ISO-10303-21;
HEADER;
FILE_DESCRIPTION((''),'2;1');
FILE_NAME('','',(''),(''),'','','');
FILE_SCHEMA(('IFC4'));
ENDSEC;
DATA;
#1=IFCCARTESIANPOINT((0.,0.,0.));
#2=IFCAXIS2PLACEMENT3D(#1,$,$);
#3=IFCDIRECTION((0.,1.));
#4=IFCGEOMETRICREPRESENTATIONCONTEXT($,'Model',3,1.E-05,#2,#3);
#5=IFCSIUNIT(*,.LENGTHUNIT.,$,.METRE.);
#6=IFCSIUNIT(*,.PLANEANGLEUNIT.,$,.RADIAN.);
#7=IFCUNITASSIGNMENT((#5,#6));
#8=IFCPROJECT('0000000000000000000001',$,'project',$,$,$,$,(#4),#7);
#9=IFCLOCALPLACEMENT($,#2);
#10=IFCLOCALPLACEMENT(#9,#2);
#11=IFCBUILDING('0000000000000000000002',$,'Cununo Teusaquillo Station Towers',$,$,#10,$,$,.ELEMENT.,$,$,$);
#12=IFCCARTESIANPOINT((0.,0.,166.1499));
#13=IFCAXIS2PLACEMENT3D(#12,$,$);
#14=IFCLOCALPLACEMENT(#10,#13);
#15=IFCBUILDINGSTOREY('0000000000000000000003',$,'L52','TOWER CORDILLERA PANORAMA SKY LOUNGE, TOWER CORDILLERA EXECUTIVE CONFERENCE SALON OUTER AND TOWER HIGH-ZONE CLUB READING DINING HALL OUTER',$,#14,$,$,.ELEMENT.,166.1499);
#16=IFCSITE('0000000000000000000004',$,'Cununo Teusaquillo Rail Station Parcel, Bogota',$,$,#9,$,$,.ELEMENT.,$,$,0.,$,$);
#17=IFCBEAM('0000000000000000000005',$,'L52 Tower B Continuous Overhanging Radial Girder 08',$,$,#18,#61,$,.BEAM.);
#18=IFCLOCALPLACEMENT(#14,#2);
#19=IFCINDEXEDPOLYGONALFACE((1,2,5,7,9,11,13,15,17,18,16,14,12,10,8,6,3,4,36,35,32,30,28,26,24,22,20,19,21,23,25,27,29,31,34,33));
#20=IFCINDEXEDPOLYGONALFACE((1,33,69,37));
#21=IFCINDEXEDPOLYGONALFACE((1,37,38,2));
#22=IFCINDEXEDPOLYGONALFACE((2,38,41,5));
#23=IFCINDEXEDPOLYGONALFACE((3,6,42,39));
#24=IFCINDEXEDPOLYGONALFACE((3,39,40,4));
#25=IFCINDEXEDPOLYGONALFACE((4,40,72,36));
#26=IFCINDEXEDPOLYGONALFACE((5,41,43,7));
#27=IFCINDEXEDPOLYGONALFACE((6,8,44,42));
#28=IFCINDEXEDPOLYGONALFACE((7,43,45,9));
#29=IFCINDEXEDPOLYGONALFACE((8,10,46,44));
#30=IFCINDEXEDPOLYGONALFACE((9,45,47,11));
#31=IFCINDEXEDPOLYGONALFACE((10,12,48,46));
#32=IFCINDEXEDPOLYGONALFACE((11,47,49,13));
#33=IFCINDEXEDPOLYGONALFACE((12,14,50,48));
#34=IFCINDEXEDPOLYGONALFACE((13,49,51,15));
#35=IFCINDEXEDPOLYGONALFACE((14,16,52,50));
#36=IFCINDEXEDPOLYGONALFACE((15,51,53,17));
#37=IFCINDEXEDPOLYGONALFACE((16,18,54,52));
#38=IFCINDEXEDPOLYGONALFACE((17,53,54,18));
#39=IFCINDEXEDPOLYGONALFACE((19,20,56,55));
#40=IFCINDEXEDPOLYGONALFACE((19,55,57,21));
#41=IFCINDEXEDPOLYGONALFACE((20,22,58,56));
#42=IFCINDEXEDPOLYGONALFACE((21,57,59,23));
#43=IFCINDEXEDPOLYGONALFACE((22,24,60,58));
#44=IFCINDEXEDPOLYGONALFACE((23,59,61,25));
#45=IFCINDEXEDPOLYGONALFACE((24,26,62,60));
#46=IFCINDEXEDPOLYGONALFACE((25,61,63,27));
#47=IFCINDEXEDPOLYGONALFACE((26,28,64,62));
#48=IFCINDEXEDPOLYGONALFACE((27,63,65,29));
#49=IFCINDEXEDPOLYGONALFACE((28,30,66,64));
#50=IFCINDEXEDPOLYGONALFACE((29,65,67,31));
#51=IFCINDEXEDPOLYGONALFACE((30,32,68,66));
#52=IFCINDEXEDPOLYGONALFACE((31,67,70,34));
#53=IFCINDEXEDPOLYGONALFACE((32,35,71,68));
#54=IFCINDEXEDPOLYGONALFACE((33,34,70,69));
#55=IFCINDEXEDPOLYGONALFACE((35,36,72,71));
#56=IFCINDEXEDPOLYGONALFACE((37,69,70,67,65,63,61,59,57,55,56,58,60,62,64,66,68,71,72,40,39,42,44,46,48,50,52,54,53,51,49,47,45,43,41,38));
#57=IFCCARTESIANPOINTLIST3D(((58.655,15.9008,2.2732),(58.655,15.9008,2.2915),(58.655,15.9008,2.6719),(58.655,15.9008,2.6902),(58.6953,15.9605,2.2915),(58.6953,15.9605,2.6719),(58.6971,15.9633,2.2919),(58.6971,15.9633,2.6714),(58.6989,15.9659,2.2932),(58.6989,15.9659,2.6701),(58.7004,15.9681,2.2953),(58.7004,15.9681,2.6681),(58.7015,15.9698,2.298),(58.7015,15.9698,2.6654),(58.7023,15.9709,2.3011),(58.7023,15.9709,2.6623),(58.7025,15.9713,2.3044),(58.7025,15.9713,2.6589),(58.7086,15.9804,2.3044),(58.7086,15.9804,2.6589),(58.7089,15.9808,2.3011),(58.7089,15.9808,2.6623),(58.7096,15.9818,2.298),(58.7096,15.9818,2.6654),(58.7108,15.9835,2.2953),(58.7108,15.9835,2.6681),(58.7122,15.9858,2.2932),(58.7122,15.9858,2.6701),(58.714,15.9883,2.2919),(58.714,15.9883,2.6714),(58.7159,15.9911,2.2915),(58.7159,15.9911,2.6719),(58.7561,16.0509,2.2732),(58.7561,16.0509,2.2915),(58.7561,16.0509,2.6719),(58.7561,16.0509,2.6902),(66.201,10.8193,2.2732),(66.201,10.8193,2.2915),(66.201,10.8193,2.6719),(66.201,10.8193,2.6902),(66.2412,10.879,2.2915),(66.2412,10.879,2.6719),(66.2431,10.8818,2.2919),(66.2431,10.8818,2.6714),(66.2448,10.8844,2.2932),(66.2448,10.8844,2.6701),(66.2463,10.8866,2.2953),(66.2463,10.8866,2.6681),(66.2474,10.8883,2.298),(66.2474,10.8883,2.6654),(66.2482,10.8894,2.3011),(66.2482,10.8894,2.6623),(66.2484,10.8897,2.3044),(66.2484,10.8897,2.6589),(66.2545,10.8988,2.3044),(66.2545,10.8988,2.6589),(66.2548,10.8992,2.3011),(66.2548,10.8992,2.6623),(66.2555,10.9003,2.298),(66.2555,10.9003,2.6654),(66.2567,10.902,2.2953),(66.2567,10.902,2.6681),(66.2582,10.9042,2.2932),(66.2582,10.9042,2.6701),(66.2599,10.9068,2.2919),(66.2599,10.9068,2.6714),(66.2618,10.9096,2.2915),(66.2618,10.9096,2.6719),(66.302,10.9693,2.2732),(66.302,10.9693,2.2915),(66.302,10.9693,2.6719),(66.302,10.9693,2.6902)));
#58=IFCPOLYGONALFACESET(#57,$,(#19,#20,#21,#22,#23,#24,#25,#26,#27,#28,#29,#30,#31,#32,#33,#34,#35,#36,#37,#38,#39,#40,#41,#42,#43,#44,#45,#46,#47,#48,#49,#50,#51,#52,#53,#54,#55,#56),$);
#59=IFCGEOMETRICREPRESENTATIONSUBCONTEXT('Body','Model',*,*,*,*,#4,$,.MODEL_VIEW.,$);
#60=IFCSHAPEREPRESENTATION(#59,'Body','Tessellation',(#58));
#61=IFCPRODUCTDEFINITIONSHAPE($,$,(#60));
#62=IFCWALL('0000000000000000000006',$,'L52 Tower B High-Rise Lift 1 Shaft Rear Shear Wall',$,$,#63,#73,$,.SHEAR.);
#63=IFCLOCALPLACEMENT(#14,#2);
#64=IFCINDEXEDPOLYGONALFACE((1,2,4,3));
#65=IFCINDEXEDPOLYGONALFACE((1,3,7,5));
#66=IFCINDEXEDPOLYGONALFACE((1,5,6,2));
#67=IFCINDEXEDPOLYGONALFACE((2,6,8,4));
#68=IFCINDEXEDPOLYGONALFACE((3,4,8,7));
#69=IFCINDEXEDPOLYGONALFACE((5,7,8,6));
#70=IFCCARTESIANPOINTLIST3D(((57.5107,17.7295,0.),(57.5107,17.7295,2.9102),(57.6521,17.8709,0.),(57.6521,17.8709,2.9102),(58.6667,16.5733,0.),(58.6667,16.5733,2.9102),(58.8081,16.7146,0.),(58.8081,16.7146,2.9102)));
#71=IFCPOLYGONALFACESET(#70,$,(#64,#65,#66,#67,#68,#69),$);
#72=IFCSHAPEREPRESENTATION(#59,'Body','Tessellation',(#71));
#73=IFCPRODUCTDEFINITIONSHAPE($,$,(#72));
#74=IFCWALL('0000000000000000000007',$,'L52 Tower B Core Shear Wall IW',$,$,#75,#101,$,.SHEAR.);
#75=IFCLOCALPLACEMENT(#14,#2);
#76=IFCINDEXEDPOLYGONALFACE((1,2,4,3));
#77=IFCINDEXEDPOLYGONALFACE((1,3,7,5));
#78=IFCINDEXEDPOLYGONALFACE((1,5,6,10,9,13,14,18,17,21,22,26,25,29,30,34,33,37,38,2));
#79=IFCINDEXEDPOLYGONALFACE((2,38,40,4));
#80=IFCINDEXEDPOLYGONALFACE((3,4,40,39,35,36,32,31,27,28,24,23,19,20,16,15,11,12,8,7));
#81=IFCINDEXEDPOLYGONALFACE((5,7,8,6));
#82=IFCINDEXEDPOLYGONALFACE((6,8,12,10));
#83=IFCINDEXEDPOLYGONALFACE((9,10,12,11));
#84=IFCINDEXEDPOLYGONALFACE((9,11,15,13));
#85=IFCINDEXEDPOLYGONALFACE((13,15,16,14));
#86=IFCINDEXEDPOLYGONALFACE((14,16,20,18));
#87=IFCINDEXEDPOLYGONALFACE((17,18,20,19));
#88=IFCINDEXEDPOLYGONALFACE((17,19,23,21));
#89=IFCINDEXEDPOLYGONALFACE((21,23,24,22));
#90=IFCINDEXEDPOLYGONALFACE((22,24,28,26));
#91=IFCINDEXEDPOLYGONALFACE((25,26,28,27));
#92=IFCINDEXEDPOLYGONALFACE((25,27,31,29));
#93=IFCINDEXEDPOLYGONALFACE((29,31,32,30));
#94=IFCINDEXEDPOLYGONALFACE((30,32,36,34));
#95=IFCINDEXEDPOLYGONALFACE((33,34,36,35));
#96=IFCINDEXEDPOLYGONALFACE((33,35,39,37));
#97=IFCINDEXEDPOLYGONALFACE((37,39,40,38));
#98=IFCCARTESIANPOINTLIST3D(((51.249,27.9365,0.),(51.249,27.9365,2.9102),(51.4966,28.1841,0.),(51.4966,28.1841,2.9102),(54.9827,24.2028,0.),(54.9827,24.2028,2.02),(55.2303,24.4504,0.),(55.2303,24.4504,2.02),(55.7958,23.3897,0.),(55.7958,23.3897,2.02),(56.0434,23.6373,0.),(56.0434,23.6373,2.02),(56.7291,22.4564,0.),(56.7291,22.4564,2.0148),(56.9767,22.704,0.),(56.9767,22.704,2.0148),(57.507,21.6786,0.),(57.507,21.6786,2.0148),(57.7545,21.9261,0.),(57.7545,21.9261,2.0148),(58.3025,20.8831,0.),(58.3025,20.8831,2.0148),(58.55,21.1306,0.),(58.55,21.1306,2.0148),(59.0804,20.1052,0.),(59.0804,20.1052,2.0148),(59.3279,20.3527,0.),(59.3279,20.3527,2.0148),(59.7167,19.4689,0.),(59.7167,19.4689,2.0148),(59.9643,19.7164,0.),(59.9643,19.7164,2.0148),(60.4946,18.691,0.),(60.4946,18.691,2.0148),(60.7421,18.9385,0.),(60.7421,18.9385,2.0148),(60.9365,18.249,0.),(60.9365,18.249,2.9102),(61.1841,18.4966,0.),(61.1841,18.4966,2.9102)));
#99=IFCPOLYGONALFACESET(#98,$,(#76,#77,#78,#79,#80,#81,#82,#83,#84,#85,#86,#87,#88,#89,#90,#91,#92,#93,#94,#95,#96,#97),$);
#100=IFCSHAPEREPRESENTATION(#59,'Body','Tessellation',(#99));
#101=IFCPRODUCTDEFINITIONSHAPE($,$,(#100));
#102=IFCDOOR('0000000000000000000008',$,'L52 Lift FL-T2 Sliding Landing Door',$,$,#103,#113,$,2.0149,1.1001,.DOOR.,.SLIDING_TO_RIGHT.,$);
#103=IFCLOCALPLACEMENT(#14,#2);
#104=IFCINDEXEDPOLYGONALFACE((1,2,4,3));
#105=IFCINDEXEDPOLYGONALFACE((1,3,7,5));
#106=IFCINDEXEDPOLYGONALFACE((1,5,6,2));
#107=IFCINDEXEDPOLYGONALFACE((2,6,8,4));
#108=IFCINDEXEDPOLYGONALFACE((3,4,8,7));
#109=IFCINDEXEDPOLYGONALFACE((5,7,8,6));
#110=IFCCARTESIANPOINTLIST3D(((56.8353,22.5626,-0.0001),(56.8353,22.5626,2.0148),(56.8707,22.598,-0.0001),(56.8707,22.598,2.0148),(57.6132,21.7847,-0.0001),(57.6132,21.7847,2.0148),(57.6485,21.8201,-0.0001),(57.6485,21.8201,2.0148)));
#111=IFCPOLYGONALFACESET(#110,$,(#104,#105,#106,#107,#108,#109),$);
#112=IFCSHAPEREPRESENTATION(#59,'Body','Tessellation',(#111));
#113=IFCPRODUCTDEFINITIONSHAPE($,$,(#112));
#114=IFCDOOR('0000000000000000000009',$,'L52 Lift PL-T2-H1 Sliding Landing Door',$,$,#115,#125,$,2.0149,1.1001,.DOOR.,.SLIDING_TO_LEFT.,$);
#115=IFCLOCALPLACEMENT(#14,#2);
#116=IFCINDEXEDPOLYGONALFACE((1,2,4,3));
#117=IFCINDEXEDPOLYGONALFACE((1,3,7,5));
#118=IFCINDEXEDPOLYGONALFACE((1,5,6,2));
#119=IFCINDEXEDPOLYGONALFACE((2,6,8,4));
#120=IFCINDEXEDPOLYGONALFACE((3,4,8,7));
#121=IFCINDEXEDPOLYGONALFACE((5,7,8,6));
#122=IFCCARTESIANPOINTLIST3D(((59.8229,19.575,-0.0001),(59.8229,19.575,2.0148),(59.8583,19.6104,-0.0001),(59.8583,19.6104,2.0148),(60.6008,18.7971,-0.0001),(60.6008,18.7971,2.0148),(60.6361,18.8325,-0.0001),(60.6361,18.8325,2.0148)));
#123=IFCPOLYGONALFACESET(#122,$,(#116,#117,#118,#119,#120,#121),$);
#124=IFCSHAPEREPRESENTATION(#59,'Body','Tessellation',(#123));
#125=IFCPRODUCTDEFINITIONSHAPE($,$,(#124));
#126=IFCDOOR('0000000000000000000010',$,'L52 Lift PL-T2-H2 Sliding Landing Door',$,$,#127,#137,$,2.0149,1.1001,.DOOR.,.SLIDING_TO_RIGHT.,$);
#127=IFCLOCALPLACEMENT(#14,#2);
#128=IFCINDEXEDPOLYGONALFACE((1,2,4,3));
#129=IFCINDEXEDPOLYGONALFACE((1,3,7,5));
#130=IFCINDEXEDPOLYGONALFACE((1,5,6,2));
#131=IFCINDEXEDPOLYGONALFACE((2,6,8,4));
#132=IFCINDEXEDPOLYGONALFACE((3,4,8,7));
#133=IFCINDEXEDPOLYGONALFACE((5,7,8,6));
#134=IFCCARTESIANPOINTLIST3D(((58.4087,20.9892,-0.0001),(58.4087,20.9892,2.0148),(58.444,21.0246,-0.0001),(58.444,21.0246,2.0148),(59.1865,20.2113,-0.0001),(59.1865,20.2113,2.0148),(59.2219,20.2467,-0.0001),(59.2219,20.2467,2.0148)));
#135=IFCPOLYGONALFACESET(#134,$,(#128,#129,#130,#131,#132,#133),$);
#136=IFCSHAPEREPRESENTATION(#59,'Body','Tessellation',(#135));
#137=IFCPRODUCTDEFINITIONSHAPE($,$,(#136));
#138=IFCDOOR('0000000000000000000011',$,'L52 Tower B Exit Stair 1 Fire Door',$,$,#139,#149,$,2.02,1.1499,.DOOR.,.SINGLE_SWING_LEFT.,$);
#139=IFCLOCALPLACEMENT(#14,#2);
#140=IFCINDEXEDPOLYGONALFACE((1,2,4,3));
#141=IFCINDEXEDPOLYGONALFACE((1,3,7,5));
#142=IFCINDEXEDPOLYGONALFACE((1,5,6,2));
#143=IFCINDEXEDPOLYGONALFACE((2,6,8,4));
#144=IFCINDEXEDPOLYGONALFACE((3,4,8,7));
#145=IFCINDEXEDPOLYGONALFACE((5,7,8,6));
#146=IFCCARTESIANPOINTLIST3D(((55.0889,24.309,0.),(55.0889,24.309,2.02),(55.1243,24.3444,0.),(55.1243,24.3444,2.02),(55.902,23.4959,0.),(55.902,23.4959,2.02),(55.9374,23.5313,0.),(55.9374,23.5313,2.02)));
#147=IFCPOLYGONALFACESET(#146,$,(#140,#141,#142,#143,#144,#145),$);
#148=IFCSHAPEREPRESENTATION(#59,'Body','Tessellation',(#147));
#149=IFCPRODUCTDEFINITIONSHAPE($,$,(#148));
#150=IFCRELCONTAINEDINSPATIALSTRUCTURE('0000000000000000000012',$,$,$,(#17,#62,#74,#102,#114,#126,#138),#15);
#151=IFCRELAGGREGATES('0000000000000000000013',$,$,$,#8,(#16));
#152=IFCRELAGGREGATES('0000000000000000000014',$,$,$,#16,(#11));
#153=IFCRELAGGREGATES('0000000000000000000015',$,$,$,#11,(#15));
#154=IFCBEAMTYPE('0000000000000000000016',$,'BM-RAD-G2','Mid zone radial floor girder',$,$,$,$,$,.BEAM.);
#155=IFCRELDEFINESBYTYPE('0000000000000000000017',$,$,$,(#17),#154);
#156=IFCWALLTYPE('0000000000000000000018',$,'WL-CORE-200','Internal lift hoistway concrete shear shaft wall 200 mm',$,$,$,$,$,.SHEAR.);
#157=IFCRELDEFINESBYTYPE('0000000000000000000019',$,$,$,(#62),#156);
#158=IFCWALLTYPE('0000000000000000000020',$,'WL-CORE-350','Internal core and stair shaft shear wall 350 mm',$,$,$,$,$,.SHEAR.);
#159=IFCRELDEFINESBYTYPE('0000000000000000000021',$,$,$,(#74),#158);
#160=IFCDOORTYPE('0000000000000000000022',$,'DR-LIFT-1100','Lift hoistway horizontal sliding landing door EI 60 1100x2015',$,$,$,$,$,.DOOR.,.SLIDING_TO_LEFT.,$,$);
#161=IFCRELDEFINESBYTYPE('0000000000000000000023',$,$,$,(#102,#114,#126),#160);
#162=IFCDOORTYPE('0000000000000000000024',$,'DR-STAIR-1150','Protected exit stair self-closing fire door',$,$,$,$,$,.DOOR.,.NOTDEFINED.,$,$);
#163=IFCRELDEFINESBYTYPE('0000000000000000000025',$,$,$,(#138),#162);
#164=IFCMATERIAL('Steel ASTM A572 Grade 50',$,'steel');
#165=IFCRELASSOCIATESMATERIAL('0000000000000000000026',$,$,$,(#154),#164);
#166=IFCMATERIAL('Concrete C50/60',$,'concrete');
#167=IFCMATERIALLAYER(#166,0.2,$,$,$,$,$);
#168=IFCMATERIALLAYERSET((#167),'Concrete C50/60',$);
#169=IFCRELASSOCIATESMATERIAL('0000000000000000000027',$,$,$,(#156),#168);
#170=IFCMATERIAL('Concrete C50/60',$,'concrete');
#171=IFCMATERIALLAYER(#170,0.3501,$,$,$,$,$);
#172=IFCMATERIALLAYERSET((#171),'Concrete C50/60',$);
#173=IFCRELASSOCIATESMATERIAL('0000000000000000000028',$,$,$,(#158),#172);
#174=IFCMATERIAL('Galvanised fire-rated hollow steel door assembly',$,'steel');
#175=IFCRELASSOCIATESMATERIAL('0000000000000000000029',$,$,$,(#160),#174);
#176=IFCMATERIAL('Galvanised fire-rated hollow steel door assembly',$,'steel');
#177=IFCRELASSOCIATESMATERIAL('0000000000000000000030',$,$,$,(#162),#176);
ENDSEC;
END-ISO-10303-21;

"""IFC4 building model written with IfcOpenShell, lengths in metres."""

from ifc_helpers import new_model, si_unit, direction, frame, frame_2d, origin, origin_2d, place, context, subcontext, project, spatial, rectangle, i_section, extrude, source, transform, mapped, material, layer, layer_set, material_profile, profile_set, type_object, element, fill, save


model = new_model("IFC4")

# Units and contexts
model_context = context("Model", 3, precision=1e-05, world=origin(), true_north=direction((0.0, 1.0)))
body_context = subcontext(model_context, "Body", "Model", "MODEL_VIEW")
ifc_project = project(units=[si_unit("LENGTHUNIT", "METRE"), si_unit("PLANEANGLEUNIT", "RADIAN")], contexts=[model_context])

# Site, building, storey
site_placement = place(None, origin())
site = spatial("IfcSite", under=ifc_project, at=site_placement, Name="Cununo Teusaquillo Rail Station Parcel, Bogota", CompositionType="ELEMENT", RefElevation=0.0)
building_placement = place(site_placement, origin())
building = spatial("IfcBuilding", under=site, at=building_placement, Name="Cununo Teusaquillo Station Towers", CompositionType="ELEMENT")
storey_placement = place(building_placement, frame((0.0, 0.0, 166.1499)))
storey = spatial("IfcBuildingStorey", under=building, at=storey_placement, Name="L52", Description="TOWER CORDILLERA PANORAMA SKY LOUNGE, TOWER CORDILLERA EXECUTIVE CONFERENCE SALON OUTER AND TOWER HIGH-ZONE CLUB READING DINING HALL OUTER", CompositionType="ELEMENT", Elevation=166.1499)

# Beam
ifc_material_1 = material(Name="Steel ASTM A572 Grade 50", Category="steel")
ifc_material_profile_1 = material_profile(ifc_material_1, i_section(OverallWidth=0.1809, OverallDepth=0.417, WebThickness=0.011, FlangeThickness=0.0183, FilletRadius=0.0129, at=origin_2d()), Name="W16X57")
ifc_profile_set_1 = profile_set([ifc_material_profile_1], Name="Steel ASTM A572 Grade 50")
beam_type_1 = type_object("IfcBeamType", Name="BM-RAD-G2", Description="Mid zone radial floor girder", PredefinedType="BEAM", material=ifc_profile_set_1)
beam_1_placement = place(storey_placement, frame((58.7056, 15.9758, 2.4817), z_axis=(0.829457, -0.558571, 0.0), x_axis=(0.558571, 0.829457, 0.0)))
element("IfcBeam", 1, at=beam_1_placement, inside=storey, type_object=beam_type_1, Name="L52 Tower B Continuous Overhanging Radial Girder 08", PredefinedType="BEAM", context=body_context, shape_type="SweptSolid", body=[
    extrude(i_section(OverallWidth=0.1809, OverallDepth=0.417, WebThickness=0.011, FlangeThickness=0.0183, FilletRadius=0.0129, at=origin_2d()), origin(), (0.0, 0.0, 1.0), 9.0974),
])

# Wall
ifc_material_2 = material(Name="Concrete C50/60", Category="concrete")
ifc_layer_1 = layer(ifc_material_2, 0.2)
ifc_layer_set_1 = layer_set([ifc_layer_1], Name="Concrete C50/60")
wall_type_1 = type_object("IfcWallType", Name="WL-CORE-200", Description="Internal lift hoistway concrete shear shaft wall 200 mm", PredefinedType="SHEAR", material=ifc_layer_set_1)
wall_1_placement = place(storey_placement, frame((58.7373, 16.644, 0.0), z_axis=(0.0, 0.0, 1.0), x_axis=(-0.707032, 0.707181, 0.0)))
element("IfcWall", 2, at=wall_1_placement, inside=storey, type_object=wall_type_1, Name="L52 Tower B High-Rise Lift 1 Shaft Rear Shear Wall", PredefinedType="SHEAR", context=body_context, shape_type="SweptSolid", body=[
    extrude(rectangle(XDim=1.635, YDim=0.2, at=frame_2d((0.8174, 0.0))), origin(), (0.0, 0.0, 1.0), 2.9102),
])

# Wall, openings, doors
ifc_material_3 = material(Name="Concrete C50/60", Category="concrete")
ifc_layer_2 = layer(ifc_material_3, 0.3501)
ifc_layer_set_2 = layer_set([ifc_layer_2], Name="Concrete C50/60")
wall_type_2 = type_object("IfcWallType", Name="WL-CORE-350", Description="Internal core and stair shaft shear wall 350 mm", PredefinedType="SHEAR", material=ifc_layer_set_2)
wall_2_placement = place(storey_placement, frame((61.0603, 18.3728, 0.0), z_axis=(0.0, 0.0, 1.0), x_axis=(-0.707107, 0.707107, 0.0)))
wall_2 = element("IfcWall", 3, at=wall_2_placement, inside=storey, type_object=wall_type_2, Name="L52 Tower B Core Shear Wall IW", PredefinedType="SHEAR", context=body_context, shape_type="SweptSolid", body=[
    extrude(rectangle(XDim=13.7002, YDim=0.3501, at=frame_2d((6.8501, 0.0))), origin(), (0.0, 0.0, 1.0), 2.9102),
])
shared_shape_1 = source(origin(), body_context, "Body", "SweptSolid", [
    extrude(rectangle(XDim=1.1001, YDim=2.0149, at=frame_2d((0.55, 1.0073))), frame((0.0, 0.1851, 0.0), z_axis=(0.0, -1.0, 0.0), x_axis=(1.0, 0.0, 0.0)), (0.0, 0.0, 1.0), 0.3701),
])
opening_1_placement = place(wall_2_placement, frame((4.8501, 0.0, 0.0)))
opening_1 = element("IfcOpeningElement", 4, at=opening_1_placement, cuts=wall_2, PredefinedType="OPENING", context=body_context, shape_type="MappedRepresentation", body=[
    mapped(shared_shape_1, transform((0.0, 0.0, 0.0), x_axis=(1.0, 0.0, 0.0), y_axis=(0.0, 1.0, 0.0), z_axis=(0.0, 0.0, 1.0), scale=1.0)),
])
opening_2_placement = place(wall_2_placement, frame((0.625, 0.0, 0.0)))
opening_2 = element("IfcOpeningElement", 5, at=opening_2_placement, cuts=wall_2, PredefinedType="OPENING", context=body_context, shape_type="MappedRepresentation", body=[
    mapped(shared_shape_1, transform((0.0, 0.0, 0.0), x_axis=(1.0, 0.0, 0.0), y_axis=(0.0, 1.0, 0.0), z_axis=(0.0, 0.0, 1.0), scale=1.0)),
])
opening_3_placement = place(wall_2_placement, frame((2.625, 0.0, 0.0)))
opening_3 = element("IfcOpeningElement", 6, at=opening_3_placement, cuts=wall_2, PredefinedType="OPENING", context=body_context, shape_type="MappedRepresentation", body=[
    mapped(shared_shape_1, transform((0.0, 0.0, 0.0), x_axis=(1.0, 0.0, 0.0), y_axis=(0.0, 1.0, 0.0), z_axis=(0.0, 0.0, 1.0), scale=1.0)),
])
shared_shape_2 = source(origin(), body_context, "Body", "SweptSolid", [
    extrude(rectangle(XDim=1.1499, YDim=2.02, at=frame_2d((0.575, 1.01))), frame((0.0, 0.1851, 0.0), z_axis=(0.0, -1.0, 0.0), x_axis=(1.0, 0.0, 0.0)), (0.0, 0.0, 1.0), 0.3701),
])
opening_4_placement = place(wall_2_placement, frame((7.27, 0.0, 0.0)))
opening_4 = element("IfcOpeningElement", 7, at=opening_4_placement, cuts=wall_2, PredefinedType="OPENING", context=body_context, shape_type="MappedRepresentation", body=[
    mapped(shared_shape_2, transform((0.0, 0.0, 0.0), x_axis=(1.0, 0.0, 0.0), y_axis=(0.0, 1.0, 0.0), z_axis=(0.0, 0.0, 1.0), scale=1.0)),
])
ifc_material_4 = material(Name="Galvanised fire-rated hollow steel door assembly", Category="steel")
door_type_1 = type_object("IfcDoorType", Name="DR-LIFT-1100", Description="Lift hoistway horizontal sliding landing door EI 60 1100x2015", OperationType="SLIDING_TO_LEFT", PredefinedType="DOOR", material=ifc_material_4)
shared_shape_3 = source(origin(), body_context, "Body", "SweptSolid", [
    extrude(rectangle(XDim=1.1001, YDim=2.0149, at=frame_2d((0.55, 1.0073))), frame((0.0, 0.0249, 0.0), z_axis=(0.0, -1.0, 0.0), x_axis=(1.0, 0.0, 0.0)), (0.0, 0.0, 1.0), 0.05),
])
door_1_placement = place(opening_1_placement, origin())
door_1 = element("IfcDoor", 8, at=door_1_placement, inside=storey, type_object=door_type_1, Name="L52 Lift FL-T2 Sliding Landing Door", OperationType="SLIDING_TO_RIGHT", OverallHeight=2.0149, OverallWidth=1.1001, PredefinedType="DOOR", context=body_context, shape_type="MappedRepresentation", body=[
    mapped(shared_shape_3, transform((0.0, 0.0, 0.0), x_axis=(1.0, 0.0, 0.0), y_axis=(0.0, 1.0, 0.0), z_axis=(0.0, 0.0, 1.0), scale=1.0)),
])
fill(opening_1, door_1)
door_2_placement = place(opening_2_placement, origin())
door_2 = element("IfcDoor", 9, at=door_2_placement, inside=storey, type_object=door_type_1, Name="L52 Lift PL-T2-H1 Sliding Landing Door", OperationType="SLIDING_TO_LEFT", OverallHeight=2.0149, OverallWidth=1.1001, PredefinedType="DOOR", context=body_context, shape_type="MappedRepresentation", body=[
    mapped(shared_shape_3, transform((0.0, 0.0, 0.0), x_axis=(1.0, 0.0, 0.0), y_axis=(0.0, 1.0, 0.0), z_axis=(0.0, 0.0, 1.0), scale=1.0)),
])
fill(opening_2, door_2)
door_3_placement = place(opening_3_placement, origin())
door_3 = element("IfcDoor", 10, at=door_3_placement, inside=storey, type_object=door_type_1, Name="L52 Lift PL-T2-H2 Sliding Landing Door", OperationType="SLIDING_TO_RIGHT", OverallHeight=2.0149, OverallWidth=1.1001, PredefinedType="DOOR", context=body_context, shape_type="MappedRepresentation", body=[
    mapped(shared_shape_3, transform((0.0, 0.0, 0.0), x_axis=(1.0, 0.0, 0.0), y_axis=(0.0, 1.0, 0.0), z_axis=(0.0, 0.0, 1.0), scale=1.0)),
])
fill(opening_3, door_3)
ifc_material_5 = material(Name="Galvanised fire-rated hollow steel door assembly", Category="steel")
door_type_2 = type_object("IfcDoorType", Name="DR-STAIR-1150", Description="Protected exit stair self-closing fire door", OperationType="NOTDEFINED", PredefinedType="DOOR", material=ifc_material_5)
shared_shape_4 = source(origin(), body_context, "Body", "SweptSolid", [
    extrude(rectangle(XDim=1.1499, YDim=2.02, at=frame_2d((0.575, 1.01))), frame((0.0, 0.0249, 0.0), z_axis=(0.0, -1.0, 0.0), x_axis=(1.0, 0.0, 0.0)), (0.0, 0.0, 1.0), 0.05),
])
door_4_placement = place(opening_4_placement, origin())
door_4 = element("IfcDoor", 11, at=door_4_placement, inside=storey, type_object=door_type_2, Name="L52 Tower B Exit Stair 1 Fire Door", OperationType="SINGLE_SWING_LEFT", OverallHeight=2.02, OverallWidth=1.1499, PredefinedType="DOOR", context=body_context, shape_type="MappedRepresentation", body=[
    mapped(shared_shape_4, transform((0.0, 0.0, 0.0), x_axis=(1.0, 0.0, 0.0), y_axis=(0.0, 1.0, 0.0), z_axis=(0.0, 0.0, 1.0), scale=1.0)),
])
fill(opening_4, door_4)

save(model, "model.ifc")
